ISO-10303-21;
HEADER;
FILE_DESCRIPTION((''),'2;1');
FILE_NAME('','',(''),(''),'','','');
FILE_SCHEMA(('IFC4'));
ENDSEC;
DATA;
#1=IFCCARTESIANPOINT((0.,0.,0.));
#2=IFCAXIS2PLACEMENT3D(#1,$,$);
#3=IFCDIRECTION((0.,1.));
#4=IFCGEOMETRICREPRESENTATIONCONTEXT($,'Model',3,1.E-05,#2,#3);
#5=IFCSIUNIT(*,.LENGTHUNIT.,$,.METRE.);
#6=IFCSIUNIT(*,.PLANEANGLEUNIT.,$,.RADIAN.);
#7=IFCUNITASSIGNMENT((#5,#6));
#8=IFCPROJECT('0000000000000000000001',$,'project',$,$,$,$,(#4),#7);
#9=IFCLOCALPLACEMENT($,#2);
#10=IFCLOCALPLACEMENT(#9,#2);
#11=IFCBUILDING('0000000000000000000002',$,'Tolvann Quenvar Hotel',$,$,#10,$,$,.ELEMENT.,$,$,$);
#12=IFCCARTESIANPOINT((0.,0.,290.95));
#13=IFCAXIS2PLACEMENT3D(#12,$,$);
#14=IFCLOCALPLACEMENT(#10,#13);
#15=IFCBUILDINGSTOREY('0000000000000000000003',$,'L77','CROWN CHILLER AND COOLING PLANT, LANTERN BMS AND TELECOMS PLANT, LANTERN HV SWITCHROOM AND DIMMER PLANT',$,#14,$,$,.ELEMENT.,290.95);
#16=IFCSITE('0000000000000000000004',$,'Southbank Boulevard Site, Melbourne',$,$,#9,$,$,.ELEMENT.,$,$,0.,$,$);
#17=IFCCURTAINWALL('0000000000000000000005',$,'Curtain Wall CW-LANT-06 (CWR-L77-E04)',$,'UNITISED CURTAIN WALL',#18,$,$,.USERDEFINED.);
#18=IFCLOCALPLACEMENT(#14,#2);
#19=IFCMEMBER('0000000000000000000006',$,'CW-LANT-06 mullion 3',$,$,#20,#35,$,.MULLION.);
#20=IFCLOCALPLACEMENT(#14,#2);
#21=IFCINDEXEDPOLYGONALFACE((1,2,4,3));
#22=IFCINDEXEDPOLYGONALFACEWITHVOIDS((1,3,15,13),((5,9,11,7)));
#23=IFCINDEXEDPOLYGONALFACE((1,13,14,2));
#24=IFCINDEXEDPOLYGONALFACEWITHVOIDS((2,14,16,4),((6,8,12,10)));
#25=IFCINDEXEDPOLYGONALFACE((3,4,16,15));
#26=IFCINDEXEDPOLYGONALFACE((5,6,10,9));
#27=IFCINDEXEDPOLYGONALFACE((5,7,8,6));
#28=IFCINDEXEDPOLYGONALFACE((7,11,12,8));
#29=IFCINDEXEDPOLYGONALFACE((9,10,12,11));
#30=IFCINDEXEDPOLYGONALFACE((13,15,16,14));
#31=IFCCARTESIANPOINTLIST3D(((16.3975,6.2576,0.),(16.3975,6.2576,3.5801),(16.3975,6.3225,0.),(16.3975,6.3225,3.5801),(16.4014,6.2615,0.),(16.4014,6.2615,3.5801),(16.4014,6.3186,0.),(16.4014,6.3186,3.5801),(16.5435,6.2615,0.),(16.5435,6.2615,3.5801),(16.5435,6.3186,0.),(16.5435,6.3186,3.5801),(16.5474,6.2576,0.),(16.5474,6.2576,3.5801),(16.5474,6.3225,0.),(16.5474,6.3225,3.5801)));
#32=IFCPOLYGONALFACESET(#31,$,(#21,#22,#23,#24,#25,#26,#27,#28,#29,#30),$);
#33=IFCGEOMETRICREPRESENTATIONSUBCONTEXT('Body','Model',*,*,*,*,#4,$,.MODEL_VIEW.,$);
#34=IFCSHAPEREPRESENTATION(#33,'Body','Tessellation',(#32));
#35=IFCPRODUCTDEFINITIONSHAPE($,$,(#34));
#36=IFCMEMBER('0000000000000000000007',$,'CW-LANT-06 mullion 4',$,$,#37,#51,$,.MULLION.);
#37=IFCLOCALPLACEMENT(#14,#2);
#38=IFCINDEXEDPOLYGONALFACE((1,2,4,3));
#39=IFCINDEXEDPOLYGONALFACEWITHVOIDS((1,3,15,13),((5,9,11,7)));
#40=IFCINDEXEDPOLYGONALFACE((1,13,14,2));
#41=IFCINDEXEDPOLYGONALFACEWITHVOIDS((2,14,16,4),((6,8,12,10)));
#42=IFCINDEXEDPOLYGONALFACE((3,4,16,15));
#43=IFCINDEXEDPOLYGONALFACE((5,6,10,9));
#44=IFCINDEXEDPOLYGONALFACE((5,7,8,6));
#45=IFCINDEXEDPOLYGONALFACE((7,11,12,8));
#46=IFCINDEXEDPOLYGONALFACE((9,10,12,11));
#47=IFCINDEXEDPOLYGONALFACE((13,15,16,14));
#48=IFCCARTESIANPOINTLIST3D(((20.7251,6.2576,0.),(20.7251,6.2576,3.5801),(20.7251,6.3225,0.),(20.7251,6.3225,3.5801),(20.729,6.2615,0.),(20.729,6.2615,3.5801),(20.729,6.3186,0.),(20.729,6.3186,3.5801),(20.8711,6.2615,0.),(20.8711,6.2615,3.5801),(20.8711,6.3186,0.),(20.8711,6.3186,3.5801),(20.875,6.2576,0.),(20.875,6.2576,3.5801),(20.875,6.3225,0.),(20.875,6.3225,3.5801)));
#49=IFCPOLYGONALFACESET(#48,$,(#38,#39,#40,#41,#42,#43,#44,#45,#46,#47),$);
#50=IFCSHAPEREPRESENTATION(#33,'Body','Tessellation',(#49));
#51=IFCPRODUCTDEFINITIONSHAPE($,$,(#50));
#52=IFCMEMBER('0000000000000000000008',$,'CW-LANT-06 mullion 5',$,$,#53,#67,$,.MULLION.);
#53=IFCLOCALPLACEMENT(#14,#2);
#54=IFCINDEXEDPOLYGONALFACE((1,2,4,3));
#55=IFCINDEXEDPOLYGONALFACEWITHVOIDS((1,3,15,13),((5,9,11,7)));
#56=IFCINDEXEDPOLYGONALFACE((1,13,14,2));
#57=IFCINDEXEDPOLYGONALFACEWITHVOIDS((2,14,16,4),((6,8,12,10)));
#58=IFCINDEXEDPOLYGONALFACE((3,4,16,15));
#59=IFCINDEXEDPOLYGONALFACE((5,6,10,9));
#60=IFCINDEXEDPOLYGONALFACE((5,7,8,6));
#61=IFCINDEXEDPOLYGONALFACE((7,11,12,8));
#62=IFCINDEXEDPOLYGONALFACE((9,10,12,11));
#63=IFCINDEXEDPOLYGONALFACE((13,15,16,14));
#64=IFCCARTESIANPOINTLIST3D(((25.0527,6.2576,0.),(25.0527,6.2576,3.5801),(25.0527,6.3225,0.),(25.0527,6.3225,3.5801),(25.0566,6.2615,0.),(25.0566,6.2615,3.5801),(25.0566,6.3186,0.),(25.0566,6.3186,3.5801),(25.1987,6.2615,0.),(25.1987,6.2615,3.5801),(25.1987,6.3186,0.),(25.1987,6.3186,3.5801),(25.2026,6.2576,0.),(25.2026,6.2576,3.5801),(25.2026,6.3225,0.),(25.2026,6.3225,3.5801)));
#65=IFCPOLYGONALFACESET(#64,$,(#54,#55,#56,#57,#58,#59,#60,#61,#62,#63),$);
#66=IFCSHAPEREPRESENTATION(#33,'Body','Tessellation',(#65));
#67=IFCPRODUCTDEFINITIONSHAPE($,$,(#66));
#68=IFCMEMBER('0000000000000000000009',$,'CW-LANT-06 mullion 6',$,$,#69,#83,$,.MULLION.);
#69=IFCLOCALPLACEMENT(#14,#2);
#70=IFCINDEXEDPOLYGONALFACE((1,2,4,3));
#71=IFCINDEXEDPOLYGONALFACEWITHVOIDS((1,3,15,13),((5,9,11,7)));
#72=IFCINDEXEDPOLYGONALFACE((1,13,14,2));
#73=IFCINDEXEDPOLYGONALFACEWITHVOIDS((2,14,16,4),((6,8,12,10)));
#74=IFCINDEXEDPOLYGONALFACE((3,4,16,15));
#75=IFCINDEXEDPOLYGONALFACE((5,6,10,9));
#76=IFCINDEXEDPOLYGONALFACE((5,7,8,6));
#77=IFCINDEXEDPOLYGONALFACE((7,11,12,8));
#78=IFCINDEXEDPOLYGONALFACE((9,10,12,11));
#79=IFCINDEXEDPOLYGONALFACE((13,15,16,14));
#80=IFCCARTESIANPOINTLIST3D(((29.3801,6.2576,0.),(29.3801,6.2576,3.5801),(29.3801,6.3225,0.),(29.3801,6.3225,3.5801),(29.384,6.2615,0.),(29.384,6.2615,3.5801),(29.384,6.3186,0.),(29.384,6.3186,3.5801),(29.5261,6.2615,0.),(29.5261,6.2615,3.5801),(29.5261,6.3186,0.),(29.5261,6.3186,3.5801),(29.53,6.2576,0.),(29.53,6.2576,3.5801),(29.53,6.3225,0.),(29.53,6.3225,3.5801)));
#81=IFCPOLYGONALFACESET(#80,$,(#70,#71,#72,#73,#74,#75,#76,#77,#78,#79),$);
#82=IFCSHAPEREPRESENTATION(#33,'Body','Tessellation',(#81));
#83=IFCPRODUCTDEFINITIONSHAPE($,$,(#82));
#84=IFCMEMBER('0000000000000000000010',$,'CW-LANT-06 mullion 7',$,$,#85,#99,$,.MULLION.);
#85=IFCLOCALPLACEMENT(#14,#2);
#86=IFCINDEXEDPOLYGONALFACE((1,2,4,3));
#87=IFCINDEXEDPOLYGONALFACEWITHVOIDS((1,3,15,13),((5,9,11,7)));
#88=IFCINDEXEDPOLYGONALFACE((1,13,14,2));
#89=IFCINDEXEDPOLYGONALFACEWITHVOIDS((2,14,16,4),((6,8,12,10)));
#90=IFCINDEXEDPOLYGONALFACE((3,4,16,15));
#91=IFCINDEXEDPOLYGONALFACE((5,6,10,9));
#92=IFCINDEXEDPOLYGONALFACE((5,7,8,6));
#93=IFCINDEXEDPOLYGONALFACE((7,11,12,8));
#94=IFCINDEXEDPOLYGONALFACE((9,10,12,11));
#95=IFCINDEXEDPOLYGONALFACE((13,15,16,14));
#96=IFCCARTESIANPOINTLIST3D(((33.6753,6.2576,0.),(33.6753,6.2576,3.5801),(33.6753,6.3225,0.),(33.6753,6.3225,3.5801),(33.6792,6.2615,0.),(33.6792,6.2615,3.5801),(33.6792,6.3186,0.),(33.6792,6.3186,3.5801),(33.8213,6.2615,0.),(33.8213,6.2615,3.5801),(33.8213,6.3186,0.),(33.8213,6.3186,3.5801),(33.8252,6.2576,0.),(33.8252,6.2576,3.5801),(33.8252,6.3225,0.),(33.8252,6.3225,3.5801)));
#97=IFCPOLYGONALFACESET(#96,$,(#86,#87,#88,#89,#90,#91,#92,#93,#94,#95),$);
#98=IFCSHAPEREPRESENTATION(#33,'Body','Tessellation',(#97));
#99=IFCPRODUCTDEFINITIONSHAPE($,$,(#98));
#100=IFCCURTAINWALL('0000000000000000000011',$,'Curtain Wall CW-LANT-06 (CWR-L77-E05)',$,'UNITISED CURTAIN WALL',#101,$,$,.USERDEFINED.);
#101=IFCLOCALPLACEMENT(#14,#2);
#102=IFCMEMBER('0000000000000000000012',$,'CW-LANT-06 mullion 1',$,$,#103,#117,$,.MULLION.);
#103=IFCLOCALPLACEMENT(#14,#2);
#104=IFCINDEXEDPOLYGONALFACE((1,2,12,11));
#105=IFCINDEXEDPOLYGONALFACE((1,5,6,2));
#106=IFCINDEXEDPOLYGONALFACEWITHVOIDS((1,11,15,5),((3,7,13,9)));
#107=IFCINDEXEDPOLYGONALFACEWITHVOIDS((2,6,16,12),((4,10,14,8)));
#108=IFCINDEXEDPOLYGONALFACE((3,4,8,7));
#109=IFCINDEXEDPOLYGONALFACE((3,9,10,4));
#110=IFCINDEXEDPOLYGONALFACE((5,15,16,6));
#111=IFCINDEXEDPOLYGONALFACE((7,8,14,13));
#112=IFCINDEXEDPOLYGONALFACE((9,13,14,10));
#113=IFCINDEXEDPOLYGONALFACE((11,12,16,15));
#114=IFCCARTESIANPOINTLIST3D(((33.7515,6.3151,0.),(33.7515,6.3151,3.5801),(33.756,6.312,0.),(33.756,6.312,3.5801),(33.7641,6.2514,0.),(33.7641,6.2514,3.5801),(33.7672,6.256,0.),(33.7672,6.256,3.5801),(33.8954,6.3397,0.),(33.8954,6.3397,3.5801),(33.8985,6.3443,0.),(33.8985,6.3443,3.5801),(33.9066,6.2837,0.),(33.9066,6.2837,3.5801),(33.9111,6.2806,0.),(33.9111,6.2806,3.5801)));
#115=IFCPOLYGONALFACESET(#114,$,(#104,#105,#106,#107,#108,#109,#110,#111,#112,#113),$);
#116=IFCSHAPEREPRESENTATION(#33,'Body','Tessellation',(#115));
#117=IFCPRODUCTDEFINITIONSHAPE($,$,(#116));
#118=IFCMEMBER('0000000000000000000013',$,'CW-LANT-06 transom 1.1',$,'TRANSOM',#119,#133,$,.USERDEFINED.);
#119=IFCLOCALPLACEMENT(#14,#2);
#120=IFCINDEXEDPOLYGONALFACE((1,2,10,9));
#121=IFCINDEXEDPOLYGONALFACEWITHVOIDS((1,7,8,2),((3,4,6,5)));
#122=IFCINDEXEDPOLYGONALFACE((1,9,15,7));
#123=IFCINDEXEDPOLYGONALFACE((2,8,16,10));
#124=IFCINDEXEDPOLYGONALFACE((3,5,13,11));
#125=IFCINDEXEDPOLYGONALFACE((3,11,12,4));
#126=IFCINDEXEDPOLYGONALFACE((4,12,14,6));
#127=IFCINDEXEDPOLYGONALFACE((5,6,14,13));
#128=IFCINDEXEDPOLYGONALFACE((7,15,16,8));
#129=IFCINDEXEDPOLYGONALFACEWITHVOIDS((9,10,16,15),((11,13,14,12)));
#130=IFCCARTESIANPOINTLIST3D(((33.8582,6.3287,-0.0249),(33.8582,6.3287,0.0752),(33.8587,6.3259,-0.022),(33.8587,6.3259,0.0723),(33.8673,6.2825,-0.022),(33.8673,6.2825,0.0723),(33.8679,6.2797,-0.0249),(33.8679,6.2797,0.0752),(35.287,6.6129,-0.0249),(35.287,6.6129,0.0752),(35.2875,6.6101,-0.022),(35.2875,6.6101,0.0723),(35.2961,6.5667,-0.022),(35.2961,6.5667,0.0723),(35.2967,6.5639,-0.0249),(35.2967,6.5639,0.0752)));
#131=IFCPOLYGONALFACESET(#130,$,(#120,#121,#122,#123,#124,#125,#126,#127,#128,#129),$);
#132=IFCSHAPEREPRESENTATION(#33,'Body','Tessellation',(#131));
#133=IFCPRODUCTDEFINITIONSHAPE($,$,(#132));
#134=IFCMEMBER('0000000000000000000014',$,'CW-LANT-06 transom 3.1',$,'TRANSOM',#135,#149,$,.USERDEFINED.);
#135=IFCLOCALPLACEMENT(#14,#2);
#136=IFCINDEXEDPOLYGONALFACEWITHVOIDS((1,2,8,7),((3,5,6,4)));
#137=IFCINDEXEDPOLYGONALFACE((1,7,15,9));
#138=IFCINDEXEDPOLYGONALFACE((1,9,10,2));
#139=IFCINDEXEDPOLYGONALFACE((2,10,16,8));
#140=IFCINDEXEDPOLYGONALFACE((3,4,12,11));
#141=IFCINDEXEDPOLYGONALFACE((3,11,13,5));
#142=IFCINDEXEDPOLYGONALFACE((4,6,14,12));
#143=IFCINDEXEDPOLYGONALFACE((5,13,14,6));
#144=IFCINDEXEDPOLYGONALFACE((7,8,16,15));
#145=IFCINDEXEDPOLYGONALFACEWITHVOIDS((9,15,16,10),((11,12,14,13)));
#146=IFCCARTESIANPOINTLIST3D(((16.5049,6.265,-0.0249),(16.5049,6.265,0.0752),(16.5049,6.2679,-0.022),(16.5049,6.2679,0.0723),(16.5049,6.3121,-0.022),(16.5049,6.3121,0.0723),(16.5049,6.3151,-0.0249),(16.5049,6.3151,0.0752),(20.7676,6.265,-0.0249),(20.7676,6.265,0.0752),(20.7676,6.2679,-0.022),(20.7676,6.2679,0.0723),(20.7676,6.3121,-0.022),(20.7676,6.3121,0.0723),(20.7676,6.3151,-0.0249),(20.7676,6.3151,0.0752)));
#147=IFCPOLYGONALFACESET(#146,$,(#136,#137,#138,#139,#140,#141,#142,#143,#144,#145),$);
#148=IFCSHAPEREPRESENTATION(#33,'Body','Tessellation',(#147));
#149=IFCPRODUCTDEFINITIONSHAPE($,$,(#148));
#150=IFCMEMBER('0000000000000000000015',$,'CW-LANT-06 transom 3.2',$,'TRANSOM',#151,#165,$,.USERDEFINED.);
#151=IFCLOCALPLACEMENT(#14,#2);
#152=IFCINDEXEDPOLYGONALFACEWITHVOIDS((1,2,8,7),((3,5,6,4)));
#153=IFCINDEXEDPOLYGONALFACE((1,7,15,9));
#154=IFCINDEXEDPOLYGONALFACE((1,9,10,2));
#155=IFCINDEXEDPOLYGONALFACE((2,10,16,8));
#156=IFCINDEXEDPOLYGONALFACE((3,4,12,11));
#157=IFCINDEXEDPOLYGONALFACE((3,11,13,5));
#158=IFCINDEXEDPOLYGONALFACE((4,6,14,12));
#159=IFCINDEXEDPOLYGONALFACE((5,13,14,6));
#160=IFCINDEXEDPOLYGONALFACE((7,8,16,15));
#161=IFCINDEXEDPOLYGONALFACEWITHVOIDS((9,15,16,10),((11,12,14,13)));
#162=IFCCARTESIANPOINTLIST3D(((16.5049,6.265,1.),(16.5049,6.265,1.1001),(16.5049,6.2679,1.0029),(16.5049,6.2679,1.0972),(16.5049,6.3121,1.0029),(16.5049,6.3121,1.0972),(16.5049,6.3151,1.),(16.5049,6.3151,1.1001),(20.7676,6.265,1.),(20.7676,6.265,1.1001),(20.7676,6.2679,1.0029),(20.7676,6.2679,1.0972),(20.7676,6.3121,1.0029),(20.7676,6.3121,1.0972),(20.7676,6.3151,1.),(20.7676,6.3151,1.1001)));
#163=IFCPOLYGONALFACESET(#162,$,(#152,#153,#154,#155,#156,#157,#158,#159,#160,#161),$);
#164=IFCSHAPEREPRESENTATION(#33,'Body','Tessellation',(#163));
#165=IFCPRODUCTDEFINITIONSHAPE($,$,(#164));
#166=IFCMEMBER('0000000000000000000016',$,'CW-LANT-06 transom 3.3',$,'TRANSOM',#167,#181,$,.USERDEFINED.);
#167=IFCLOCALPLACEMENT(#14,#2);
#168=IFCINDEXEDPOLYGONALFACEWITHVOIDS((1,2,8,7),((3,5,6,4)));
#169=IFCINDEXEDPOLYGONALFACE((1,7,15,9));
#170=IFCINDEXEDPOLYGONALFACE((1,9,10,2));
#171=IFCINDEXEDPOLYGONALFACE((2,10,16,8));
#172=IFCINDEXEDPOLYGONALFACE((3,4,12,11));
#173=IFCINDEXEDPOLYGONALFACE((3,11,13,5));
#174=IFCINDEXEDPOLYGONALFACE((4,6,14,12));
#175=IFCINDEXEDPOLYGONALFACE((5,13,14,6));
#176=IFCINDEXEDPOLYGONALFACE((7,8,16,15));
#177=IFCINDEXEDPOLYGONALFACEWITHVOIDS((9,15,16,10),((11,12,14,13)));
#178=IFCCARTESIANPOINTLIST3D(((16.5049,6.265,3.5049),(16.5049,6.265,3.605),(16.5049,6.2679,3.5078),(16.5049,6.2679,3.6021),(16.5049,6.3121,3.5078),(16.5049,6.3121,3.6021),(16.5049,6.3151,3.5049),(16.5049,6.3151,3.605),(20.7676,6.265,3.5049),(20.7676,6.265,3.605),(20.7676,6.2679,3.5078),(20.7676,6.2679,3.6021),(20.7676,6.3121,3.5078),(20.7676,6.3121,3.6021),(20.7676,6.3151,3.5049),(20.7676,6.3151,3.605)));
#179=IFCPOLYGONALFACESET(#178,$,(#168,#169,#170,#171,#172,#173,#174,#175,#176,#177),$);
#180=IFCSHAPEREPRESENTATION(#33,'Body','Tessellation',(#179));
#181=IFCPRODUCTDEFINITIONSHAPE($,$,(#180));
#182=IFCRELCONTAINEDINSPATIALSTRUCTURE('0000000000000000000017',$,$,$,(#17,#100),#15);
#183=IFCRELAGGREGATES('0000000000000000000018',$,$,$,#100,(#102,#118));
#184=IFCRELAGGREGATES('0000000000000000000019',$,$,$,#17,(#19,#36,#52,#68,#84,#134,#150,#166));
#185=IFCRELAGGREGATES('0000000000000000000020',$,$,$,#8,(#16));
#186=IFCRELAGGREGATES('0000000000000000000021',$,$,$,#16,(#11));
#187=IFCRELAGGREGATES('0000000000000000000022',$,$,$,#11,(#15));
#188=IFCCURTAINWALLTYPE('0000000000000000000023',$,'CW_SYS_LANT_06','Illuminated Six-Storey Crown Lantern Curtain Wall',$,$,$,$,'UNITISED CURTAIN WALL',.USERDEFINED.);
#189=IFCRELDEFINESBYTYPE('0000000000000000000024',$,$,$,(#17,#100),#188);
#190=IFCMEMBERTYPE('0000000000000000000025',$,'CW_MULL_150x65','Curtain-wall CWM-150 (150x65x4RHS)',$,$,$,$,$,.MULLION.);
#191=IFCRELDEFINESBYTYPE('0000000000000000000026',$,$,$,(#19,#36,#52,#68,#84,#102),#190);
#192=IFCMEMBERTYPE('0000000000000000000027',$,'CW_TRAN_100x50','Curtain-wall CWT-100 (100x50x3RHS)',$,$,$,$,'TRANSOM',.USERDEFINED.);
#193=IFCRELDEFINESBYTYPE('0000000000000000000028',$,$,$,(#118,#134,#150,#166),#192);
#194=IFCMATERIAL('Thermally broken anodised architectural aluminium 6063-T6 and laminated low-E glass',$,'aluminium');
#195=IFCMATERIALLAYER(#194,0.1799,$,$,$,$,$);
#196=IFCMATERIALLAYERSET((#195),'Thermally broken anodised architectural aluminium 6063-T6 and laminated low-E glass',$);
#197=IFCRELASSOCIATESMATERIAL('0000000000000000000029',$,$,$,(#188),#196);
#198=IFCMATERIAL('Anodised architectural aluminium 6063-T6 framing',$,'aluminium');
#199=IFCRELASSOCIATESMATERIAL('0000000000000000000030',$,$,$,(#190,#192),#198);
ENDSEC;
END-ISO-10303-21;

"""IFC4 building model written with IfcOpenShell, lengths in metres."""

from ifc_helpers import new_model, si_unit, direction, frame, origin, origin_2d, place, context, subcontext, project, spatial, hollow_rectangle, extrude, source, transform, mapped, material, layer, layer_set, material_profile, profile_set, type_object, type_shapes, element, aggregate, save


model = new_model("IFC4")

# Units and contexts
model_context = context("Model", 3, precision=1e-05, world=origin(), true_north=direction((0.0, 1.0)))
body_context = subcontext(model_context, "Body", "Model", "MODEL_VIEW")
ifc_project = project(units=[si_unit("LENGTHUNIT", "METRE"), si_unit("PLANEANGLEUNIT", "RADIAN")], contexts=[model_context])

# Site, building, storey
site_placement = place(None, origin())
site = spatial("IfcSite", under=ifc_project, at=site_placement, Name="Southbank Boulevard Site, Melbourne", CompositionType="ELEMENT", RefElevation=0.0)
building_placement = place(site_placement, origin())
building = spatial("IfcBuilding", under=site, at=building_placement, Name="Tolvann Quenvar Hotel", CompositionType="ELEMENT")
storey_placement = place(building_placement, frame((0.0, 0.0, 290.95)))
storey = spatial("IfcBuildingStorey", under=building, at=storey_placement, Name="L77", Description="CROWN CHILLER AND COOLING PLANT, LANTERN BMS AND TELECOMS PLANT, LANTERN HV SWITCHROOM AND DIMMER PLANT", CompositionType="ELEMENT", Elevation=290.95)

# Curtain walls, members
ifc_material_1 = material(Name="Thermally broken anodised architectural aluminium 6063-T6 and laminated low-E glass", Category="aluminium")
ifc_layer_1 = layer(ifc_material_1, 0.1799)
ifc_layer_set_1 = layer_set([ifc_layer_1], Name="Thermally broken anodised architectural aluminium 6063-T6 and laminated low-E glass")
curtain_wall_type = type_object("IfcCurtainWallType", Name="CW_SYS_LANT_06", Description="Illuminated Six-Storey Crown Lantern Curtain Wall", ElementType="UNITISED CURTAIN WALL", PredefinedType="USERDEFINED", material=ifc_layer_set_1)
curtain_wall_1_placement = place(storey_placement, origin())
curtain_wall_1 = element("IfcCurtainWall", 1, at=curtain_wall_1_placement, inside=storey, type_object=curtain_wall_type, Name="Curtain Wall CW-LANT-06 (CWR-L77-E04)", ObjectType="UNITISED CURTAIN WALL", PredefinedType="USERDEFINED")
ifc_material_2 = material(Name="Anodised architectural aluminium 6063-T6 framing", Category="aluminium")
ifc_material_profile_1 = material_profile(ifc_material_2, hollow_rectangle(XDim=0.0649, YDim=0.1499, WallThickness=0.0039, at=origin_2d()), Name="150x65x4RHS")
ifc_profile_set_1 = profile_set([ifc_material_profile_1], Name="Anodised architectural aluminium 6063-T6 framing")
member_type_1 = type_object("IfcMemberType", Name="CW_MULL_150x65", Description="Curtain-wall CWM-150 (150x65x4RHS)", PredefinedType="MULLION", material=ifc_profile_set_1)
shared_shape_1 = source(origin(), body_context, "Body", "SweptSolid", [
    extrude(hollow_rectangle(XDim=0.0649, YDim=0.1499, WallThickness=0.0039, at=origin_2d()), origin(), (0.0, 0.0, 1.0), 3.5801),
])
type_shapes(member_type_1, [shared_shape_1])
member_1_placement = place(storey_placement, frame((16.4724, 6.29, 0.0), z_axis=(0.0, 0.0, 1.0), x_axis=(0.0, 1.0, 0.0)))
member_1 = element("IfcMember", 2, at=member_1_placement, type_object=member_type_1, Name="CW-LANT-06 mullion 3", PredefinedType="MULLION", context=body_context, shape_type="MappedRepresentation", body=[
    mapped(shared_shape_1, transform((0.0, 0.0, 0.0), x_axis=(1.0, 0.0, 0.0), y_axis=(0.0, 1.0, 0.0), z_axis=(0.0, 0.0, 1.0), scale=1.0)),
])
member_2_placement = place(storey_placement, frame((20.8, 6.29, 0.0), z_axis=(0.0, 0.0, 1.0), x_axis=(0.0, 1.0, 0.0)))
member_2 = element("IfcMember", 3, at=member_2_placement, type_object=member_type_1, Name="CW-LANT-06 mullion 4", PredefinedType="MULLION", context=body_context, shape_type="MappedRepresentation", body=[
    mapped(shared_shape_1, transform((0.0, 0.0, 0.0), x_axis=(1.0, 0.0, 0.0), y_axis=(0.0, 1.0, 0.0), z_axis=(0.0, 0.0, 1.0), scale=1.0)),
])
member_3_placement = place(storey_placement, frame((25.1277, 6.29, 0.0), z_axis=(0.0, 0.0, 1.0), x_axis=(0.0, 1.0, 0.0)))
member_3 = element("IfcMember", 4, at=member_3_placement, type_object=member_type_1, Name="CW-LANT-06 mullion 5", PredefinedType="MULLION", context=body_context, shape_type="MappedRepresentation", body=[
    mapped(shared_shape_1, transform((0.0, 0.0, 0.0), x_axis=(1.0, 0.0, 0.0), y_axis=(0.0, 1.0, 0.0), z_axis=(0.0, 0.0, 1.0), scale=1.0)),
])
member_4_placement = place(storey_placement, frame((29.4551, 6.29, 0.0), z_axis=(0.0, 0.0, 1.0), x_axis=(0.0, 1.0, 0.0)))
member_4 = element("IfcMember", 5, at=member_4_placement, type_object=member_type_1, Name="CW-LANT-06 mullion 6", PredefinedType="MULLION", context=body_context, shape_type="MappedRepresentation", body=[
    mapped(shared_shape_1, transform((0.0, 0.0, 0.0), x_axis=(1.0, 0.0, 0.0), y_axis=(0.0, 1.0, 0.0), z_axis=(0.0, 0.0, 1.0), scale=1.0)),
])
member_5_placement = place(storey_placement, frame((33.7502, 6.29, 0.0), z_axis=(0.0, 0.0, 1.0), x_axis=(0.0, 1.0, 0.0)))
member_5 = element("IfcMember", 6, at=member_5_placement, type_object=member_type_1, Name="CW-LANT-06 mullion 7", PredefinedType="MULLION", context=body_context, shape_type="MappedRepresentation", body=[
    mapped(shared_shape_1, transform((0.0, 0.0, 0.0), x_axis=(1.0, 0.0, 0.0), y_axis=(0.0, 1.0, 0.0), z_axis=(0.0, 0.0, 1.0), scale=1.0)),
])
curtain_wall_2_placement = place(storey_placement, origin())
curtain_wall_2 = element("IfcCurtainWall", 7, at=curtain_wall_2_placement, inside=storey, type_object=curtain_wall_type, Name="Curtain Wall CW-LANT-06 (CWR-L77-E05)", ObjectType="UNITISED CURTAIN WALL", PredefinedType="USERDEFINED")
member_6_placement = place(storey_placement, frame((33.8313, 6.2979, 0.0), z_axis=(0.0, 0.0, 1.0), x_axis=(-0.195062, 0.980791, 0.0)))
member_6 = element("IfcMember", 8, at=member_6_placement, type_object=member_type_1, Name="CW-LANT-06 mullion 1", PredefinedType="MULLION", context=body_context, shape_type="MappedRepresentation", body=[
    mapped(shared_shape_1, transform((0.0, 0.0, 0.0), x_axis=(1.0, 0.0, 0.0), y_axis=(0.0, 1.0, 0.0), z_axis=(0.0, 0.0, 1.0), scale=1.0)),
])
ifc_material_profile_2 = material_profile(ifc_material_2, hollow_rectangle(XDim=0.05, YDim=0.1001, WallThickness=0.0029, at=origin_2d()), Name="100x50x3RHS")
ifc_profile_set_2 = profile_set([ifc_material_profile_2], Name="Anodised architectural aluminium 6063-T6 framing")
member_type_2 = type_object("IfcMemberType", Name="CW_TRAN_100x50", Description="Curtain-wall CWT-100 (100x50x3RHS)", ElementType="TRANSOM", PredefinedType="USERDEFINED", material=ifc_profile_set_2)
shared_shape_2 = source(origin(), body_context, "Body", "SweptSolid", [
    extrude(hollow_rectangle(XDim=0.05, YDim=0.1001, WallThickness=0.0029, at=origin_2d()), origin(), (0.0, 0.0, 1.0), 1.4568),
])
member_7_placement = place(storey_placement, frame((33.863, 6.3042, 0.0251), z_axis=(0.980786, 0.195085, 0.0), x_axis=(-0.195085, 0.980786, 0.0)))
member_7 = element("IfcMember", 9, at=member_7_placement, type_object=member_type_2, Name="CW-LANT-06 transom 1.1", ObjectType="TRANSOM", PredefinedType="USERDEFINED", context=body_context, shape_type="MappedRepresentation", body=[
    mapped(shared_shape_2, transform((0.0, 0.0, 0.0), x_axis=(1.0, 0.0, 0.0), y_axis=(0.0, 1.0, 0.0), z_axis=(0.0, 0.0, 1.0), scale=1.0)),
])
aggregate(curtain_wall_2, [member_6, member_7])

# Members
shared_shape_3 = source(origin(), body_context, "Body", "SweptSolid", [
    extrude(hollow_rectangle(XDim=0.05, YDim=0.1001, WallThickness=0.0029, at=origin_2d()), origin(), (0.0, 0.0, 1.0), 4.2627),
])
member_8_placement = place(storey_placement, frame((16.5049, 6.29, 0.0251), z_axis=(1.0, 0.0, 0.0), x_axis=(0.0, 1.0, 0.0)))
member_8 = element("IfcMember", 10, at=member_8_placement, type_object=member_type_2, Name="CW-LANT-06 transom 3.1", ObjectType="TRANSOM", PredefinedType="USERDEFINED", context=body_context, shape_type="MappedRepresentation", body=[
    mapped(shared_shape_3, transform((0.0, 0.0, 0.0), x_axis=(1.0, 0.0, 0.0), y_axis=(0.0, 1.0, 0.0), z_axis=(0.0, 0.0, 1.0), scale=1.0)),
])
member_9_placement = place(storey_placement, frame((16.5049, 6.29, 1.05), z_axis=(1.0, 0.0, 0.0), x_axis=(0.0, 1.0, 0.0)))
member_9 = element("IfcMember", 11, at=member_9_placement, type_object=member_type_2, Name="CW-LANT-06 transom 3.2", ObjectType="TRANSOM", PredefinedType="USERDEFINED", context=body_context, shape_type="MappedRepresentation", body=[
    mapped(shared_shape_3, transform((0.0, 0.0, 0.0), x_axis=(1.0, 0.0, 0.0), y_axis=(0.0, 1.0, 0.0), z_axis=(0.0, 0.0, 1.0), scale=1.0)),
])
member_10_placement = place(storey_placement, frame((16.5049, 6.29, 3.5549), z_axis=(1.0, 0.0, 0.0), x_axis=(0.0, 1.0, 0.0)))
member_10 = element("IfcMember", 12, at=member_10_placement, type_object=member_type_2, Name="CW-LANT-06 transom 3.3", ObjectType="TRANSOM", PredefinedType="USERDEFINED", context=body_context, shape_type="MappedRepresentation", body=[
    mapped(shared_shape_3, transform((0.0, 0.0, 0.0), x_axis=(1.0, 0.0, 0.0), y_axis=(0.0, 1.0, 0.0), z_axis=(0.0, 0.0, 1.0), scale=1.0)),
])

aggregate(curtain_wall_1, [member_1, member_2, member_3, member_4, member_5, member_8, member_9, member_10])

save(model, "model.ifc")
